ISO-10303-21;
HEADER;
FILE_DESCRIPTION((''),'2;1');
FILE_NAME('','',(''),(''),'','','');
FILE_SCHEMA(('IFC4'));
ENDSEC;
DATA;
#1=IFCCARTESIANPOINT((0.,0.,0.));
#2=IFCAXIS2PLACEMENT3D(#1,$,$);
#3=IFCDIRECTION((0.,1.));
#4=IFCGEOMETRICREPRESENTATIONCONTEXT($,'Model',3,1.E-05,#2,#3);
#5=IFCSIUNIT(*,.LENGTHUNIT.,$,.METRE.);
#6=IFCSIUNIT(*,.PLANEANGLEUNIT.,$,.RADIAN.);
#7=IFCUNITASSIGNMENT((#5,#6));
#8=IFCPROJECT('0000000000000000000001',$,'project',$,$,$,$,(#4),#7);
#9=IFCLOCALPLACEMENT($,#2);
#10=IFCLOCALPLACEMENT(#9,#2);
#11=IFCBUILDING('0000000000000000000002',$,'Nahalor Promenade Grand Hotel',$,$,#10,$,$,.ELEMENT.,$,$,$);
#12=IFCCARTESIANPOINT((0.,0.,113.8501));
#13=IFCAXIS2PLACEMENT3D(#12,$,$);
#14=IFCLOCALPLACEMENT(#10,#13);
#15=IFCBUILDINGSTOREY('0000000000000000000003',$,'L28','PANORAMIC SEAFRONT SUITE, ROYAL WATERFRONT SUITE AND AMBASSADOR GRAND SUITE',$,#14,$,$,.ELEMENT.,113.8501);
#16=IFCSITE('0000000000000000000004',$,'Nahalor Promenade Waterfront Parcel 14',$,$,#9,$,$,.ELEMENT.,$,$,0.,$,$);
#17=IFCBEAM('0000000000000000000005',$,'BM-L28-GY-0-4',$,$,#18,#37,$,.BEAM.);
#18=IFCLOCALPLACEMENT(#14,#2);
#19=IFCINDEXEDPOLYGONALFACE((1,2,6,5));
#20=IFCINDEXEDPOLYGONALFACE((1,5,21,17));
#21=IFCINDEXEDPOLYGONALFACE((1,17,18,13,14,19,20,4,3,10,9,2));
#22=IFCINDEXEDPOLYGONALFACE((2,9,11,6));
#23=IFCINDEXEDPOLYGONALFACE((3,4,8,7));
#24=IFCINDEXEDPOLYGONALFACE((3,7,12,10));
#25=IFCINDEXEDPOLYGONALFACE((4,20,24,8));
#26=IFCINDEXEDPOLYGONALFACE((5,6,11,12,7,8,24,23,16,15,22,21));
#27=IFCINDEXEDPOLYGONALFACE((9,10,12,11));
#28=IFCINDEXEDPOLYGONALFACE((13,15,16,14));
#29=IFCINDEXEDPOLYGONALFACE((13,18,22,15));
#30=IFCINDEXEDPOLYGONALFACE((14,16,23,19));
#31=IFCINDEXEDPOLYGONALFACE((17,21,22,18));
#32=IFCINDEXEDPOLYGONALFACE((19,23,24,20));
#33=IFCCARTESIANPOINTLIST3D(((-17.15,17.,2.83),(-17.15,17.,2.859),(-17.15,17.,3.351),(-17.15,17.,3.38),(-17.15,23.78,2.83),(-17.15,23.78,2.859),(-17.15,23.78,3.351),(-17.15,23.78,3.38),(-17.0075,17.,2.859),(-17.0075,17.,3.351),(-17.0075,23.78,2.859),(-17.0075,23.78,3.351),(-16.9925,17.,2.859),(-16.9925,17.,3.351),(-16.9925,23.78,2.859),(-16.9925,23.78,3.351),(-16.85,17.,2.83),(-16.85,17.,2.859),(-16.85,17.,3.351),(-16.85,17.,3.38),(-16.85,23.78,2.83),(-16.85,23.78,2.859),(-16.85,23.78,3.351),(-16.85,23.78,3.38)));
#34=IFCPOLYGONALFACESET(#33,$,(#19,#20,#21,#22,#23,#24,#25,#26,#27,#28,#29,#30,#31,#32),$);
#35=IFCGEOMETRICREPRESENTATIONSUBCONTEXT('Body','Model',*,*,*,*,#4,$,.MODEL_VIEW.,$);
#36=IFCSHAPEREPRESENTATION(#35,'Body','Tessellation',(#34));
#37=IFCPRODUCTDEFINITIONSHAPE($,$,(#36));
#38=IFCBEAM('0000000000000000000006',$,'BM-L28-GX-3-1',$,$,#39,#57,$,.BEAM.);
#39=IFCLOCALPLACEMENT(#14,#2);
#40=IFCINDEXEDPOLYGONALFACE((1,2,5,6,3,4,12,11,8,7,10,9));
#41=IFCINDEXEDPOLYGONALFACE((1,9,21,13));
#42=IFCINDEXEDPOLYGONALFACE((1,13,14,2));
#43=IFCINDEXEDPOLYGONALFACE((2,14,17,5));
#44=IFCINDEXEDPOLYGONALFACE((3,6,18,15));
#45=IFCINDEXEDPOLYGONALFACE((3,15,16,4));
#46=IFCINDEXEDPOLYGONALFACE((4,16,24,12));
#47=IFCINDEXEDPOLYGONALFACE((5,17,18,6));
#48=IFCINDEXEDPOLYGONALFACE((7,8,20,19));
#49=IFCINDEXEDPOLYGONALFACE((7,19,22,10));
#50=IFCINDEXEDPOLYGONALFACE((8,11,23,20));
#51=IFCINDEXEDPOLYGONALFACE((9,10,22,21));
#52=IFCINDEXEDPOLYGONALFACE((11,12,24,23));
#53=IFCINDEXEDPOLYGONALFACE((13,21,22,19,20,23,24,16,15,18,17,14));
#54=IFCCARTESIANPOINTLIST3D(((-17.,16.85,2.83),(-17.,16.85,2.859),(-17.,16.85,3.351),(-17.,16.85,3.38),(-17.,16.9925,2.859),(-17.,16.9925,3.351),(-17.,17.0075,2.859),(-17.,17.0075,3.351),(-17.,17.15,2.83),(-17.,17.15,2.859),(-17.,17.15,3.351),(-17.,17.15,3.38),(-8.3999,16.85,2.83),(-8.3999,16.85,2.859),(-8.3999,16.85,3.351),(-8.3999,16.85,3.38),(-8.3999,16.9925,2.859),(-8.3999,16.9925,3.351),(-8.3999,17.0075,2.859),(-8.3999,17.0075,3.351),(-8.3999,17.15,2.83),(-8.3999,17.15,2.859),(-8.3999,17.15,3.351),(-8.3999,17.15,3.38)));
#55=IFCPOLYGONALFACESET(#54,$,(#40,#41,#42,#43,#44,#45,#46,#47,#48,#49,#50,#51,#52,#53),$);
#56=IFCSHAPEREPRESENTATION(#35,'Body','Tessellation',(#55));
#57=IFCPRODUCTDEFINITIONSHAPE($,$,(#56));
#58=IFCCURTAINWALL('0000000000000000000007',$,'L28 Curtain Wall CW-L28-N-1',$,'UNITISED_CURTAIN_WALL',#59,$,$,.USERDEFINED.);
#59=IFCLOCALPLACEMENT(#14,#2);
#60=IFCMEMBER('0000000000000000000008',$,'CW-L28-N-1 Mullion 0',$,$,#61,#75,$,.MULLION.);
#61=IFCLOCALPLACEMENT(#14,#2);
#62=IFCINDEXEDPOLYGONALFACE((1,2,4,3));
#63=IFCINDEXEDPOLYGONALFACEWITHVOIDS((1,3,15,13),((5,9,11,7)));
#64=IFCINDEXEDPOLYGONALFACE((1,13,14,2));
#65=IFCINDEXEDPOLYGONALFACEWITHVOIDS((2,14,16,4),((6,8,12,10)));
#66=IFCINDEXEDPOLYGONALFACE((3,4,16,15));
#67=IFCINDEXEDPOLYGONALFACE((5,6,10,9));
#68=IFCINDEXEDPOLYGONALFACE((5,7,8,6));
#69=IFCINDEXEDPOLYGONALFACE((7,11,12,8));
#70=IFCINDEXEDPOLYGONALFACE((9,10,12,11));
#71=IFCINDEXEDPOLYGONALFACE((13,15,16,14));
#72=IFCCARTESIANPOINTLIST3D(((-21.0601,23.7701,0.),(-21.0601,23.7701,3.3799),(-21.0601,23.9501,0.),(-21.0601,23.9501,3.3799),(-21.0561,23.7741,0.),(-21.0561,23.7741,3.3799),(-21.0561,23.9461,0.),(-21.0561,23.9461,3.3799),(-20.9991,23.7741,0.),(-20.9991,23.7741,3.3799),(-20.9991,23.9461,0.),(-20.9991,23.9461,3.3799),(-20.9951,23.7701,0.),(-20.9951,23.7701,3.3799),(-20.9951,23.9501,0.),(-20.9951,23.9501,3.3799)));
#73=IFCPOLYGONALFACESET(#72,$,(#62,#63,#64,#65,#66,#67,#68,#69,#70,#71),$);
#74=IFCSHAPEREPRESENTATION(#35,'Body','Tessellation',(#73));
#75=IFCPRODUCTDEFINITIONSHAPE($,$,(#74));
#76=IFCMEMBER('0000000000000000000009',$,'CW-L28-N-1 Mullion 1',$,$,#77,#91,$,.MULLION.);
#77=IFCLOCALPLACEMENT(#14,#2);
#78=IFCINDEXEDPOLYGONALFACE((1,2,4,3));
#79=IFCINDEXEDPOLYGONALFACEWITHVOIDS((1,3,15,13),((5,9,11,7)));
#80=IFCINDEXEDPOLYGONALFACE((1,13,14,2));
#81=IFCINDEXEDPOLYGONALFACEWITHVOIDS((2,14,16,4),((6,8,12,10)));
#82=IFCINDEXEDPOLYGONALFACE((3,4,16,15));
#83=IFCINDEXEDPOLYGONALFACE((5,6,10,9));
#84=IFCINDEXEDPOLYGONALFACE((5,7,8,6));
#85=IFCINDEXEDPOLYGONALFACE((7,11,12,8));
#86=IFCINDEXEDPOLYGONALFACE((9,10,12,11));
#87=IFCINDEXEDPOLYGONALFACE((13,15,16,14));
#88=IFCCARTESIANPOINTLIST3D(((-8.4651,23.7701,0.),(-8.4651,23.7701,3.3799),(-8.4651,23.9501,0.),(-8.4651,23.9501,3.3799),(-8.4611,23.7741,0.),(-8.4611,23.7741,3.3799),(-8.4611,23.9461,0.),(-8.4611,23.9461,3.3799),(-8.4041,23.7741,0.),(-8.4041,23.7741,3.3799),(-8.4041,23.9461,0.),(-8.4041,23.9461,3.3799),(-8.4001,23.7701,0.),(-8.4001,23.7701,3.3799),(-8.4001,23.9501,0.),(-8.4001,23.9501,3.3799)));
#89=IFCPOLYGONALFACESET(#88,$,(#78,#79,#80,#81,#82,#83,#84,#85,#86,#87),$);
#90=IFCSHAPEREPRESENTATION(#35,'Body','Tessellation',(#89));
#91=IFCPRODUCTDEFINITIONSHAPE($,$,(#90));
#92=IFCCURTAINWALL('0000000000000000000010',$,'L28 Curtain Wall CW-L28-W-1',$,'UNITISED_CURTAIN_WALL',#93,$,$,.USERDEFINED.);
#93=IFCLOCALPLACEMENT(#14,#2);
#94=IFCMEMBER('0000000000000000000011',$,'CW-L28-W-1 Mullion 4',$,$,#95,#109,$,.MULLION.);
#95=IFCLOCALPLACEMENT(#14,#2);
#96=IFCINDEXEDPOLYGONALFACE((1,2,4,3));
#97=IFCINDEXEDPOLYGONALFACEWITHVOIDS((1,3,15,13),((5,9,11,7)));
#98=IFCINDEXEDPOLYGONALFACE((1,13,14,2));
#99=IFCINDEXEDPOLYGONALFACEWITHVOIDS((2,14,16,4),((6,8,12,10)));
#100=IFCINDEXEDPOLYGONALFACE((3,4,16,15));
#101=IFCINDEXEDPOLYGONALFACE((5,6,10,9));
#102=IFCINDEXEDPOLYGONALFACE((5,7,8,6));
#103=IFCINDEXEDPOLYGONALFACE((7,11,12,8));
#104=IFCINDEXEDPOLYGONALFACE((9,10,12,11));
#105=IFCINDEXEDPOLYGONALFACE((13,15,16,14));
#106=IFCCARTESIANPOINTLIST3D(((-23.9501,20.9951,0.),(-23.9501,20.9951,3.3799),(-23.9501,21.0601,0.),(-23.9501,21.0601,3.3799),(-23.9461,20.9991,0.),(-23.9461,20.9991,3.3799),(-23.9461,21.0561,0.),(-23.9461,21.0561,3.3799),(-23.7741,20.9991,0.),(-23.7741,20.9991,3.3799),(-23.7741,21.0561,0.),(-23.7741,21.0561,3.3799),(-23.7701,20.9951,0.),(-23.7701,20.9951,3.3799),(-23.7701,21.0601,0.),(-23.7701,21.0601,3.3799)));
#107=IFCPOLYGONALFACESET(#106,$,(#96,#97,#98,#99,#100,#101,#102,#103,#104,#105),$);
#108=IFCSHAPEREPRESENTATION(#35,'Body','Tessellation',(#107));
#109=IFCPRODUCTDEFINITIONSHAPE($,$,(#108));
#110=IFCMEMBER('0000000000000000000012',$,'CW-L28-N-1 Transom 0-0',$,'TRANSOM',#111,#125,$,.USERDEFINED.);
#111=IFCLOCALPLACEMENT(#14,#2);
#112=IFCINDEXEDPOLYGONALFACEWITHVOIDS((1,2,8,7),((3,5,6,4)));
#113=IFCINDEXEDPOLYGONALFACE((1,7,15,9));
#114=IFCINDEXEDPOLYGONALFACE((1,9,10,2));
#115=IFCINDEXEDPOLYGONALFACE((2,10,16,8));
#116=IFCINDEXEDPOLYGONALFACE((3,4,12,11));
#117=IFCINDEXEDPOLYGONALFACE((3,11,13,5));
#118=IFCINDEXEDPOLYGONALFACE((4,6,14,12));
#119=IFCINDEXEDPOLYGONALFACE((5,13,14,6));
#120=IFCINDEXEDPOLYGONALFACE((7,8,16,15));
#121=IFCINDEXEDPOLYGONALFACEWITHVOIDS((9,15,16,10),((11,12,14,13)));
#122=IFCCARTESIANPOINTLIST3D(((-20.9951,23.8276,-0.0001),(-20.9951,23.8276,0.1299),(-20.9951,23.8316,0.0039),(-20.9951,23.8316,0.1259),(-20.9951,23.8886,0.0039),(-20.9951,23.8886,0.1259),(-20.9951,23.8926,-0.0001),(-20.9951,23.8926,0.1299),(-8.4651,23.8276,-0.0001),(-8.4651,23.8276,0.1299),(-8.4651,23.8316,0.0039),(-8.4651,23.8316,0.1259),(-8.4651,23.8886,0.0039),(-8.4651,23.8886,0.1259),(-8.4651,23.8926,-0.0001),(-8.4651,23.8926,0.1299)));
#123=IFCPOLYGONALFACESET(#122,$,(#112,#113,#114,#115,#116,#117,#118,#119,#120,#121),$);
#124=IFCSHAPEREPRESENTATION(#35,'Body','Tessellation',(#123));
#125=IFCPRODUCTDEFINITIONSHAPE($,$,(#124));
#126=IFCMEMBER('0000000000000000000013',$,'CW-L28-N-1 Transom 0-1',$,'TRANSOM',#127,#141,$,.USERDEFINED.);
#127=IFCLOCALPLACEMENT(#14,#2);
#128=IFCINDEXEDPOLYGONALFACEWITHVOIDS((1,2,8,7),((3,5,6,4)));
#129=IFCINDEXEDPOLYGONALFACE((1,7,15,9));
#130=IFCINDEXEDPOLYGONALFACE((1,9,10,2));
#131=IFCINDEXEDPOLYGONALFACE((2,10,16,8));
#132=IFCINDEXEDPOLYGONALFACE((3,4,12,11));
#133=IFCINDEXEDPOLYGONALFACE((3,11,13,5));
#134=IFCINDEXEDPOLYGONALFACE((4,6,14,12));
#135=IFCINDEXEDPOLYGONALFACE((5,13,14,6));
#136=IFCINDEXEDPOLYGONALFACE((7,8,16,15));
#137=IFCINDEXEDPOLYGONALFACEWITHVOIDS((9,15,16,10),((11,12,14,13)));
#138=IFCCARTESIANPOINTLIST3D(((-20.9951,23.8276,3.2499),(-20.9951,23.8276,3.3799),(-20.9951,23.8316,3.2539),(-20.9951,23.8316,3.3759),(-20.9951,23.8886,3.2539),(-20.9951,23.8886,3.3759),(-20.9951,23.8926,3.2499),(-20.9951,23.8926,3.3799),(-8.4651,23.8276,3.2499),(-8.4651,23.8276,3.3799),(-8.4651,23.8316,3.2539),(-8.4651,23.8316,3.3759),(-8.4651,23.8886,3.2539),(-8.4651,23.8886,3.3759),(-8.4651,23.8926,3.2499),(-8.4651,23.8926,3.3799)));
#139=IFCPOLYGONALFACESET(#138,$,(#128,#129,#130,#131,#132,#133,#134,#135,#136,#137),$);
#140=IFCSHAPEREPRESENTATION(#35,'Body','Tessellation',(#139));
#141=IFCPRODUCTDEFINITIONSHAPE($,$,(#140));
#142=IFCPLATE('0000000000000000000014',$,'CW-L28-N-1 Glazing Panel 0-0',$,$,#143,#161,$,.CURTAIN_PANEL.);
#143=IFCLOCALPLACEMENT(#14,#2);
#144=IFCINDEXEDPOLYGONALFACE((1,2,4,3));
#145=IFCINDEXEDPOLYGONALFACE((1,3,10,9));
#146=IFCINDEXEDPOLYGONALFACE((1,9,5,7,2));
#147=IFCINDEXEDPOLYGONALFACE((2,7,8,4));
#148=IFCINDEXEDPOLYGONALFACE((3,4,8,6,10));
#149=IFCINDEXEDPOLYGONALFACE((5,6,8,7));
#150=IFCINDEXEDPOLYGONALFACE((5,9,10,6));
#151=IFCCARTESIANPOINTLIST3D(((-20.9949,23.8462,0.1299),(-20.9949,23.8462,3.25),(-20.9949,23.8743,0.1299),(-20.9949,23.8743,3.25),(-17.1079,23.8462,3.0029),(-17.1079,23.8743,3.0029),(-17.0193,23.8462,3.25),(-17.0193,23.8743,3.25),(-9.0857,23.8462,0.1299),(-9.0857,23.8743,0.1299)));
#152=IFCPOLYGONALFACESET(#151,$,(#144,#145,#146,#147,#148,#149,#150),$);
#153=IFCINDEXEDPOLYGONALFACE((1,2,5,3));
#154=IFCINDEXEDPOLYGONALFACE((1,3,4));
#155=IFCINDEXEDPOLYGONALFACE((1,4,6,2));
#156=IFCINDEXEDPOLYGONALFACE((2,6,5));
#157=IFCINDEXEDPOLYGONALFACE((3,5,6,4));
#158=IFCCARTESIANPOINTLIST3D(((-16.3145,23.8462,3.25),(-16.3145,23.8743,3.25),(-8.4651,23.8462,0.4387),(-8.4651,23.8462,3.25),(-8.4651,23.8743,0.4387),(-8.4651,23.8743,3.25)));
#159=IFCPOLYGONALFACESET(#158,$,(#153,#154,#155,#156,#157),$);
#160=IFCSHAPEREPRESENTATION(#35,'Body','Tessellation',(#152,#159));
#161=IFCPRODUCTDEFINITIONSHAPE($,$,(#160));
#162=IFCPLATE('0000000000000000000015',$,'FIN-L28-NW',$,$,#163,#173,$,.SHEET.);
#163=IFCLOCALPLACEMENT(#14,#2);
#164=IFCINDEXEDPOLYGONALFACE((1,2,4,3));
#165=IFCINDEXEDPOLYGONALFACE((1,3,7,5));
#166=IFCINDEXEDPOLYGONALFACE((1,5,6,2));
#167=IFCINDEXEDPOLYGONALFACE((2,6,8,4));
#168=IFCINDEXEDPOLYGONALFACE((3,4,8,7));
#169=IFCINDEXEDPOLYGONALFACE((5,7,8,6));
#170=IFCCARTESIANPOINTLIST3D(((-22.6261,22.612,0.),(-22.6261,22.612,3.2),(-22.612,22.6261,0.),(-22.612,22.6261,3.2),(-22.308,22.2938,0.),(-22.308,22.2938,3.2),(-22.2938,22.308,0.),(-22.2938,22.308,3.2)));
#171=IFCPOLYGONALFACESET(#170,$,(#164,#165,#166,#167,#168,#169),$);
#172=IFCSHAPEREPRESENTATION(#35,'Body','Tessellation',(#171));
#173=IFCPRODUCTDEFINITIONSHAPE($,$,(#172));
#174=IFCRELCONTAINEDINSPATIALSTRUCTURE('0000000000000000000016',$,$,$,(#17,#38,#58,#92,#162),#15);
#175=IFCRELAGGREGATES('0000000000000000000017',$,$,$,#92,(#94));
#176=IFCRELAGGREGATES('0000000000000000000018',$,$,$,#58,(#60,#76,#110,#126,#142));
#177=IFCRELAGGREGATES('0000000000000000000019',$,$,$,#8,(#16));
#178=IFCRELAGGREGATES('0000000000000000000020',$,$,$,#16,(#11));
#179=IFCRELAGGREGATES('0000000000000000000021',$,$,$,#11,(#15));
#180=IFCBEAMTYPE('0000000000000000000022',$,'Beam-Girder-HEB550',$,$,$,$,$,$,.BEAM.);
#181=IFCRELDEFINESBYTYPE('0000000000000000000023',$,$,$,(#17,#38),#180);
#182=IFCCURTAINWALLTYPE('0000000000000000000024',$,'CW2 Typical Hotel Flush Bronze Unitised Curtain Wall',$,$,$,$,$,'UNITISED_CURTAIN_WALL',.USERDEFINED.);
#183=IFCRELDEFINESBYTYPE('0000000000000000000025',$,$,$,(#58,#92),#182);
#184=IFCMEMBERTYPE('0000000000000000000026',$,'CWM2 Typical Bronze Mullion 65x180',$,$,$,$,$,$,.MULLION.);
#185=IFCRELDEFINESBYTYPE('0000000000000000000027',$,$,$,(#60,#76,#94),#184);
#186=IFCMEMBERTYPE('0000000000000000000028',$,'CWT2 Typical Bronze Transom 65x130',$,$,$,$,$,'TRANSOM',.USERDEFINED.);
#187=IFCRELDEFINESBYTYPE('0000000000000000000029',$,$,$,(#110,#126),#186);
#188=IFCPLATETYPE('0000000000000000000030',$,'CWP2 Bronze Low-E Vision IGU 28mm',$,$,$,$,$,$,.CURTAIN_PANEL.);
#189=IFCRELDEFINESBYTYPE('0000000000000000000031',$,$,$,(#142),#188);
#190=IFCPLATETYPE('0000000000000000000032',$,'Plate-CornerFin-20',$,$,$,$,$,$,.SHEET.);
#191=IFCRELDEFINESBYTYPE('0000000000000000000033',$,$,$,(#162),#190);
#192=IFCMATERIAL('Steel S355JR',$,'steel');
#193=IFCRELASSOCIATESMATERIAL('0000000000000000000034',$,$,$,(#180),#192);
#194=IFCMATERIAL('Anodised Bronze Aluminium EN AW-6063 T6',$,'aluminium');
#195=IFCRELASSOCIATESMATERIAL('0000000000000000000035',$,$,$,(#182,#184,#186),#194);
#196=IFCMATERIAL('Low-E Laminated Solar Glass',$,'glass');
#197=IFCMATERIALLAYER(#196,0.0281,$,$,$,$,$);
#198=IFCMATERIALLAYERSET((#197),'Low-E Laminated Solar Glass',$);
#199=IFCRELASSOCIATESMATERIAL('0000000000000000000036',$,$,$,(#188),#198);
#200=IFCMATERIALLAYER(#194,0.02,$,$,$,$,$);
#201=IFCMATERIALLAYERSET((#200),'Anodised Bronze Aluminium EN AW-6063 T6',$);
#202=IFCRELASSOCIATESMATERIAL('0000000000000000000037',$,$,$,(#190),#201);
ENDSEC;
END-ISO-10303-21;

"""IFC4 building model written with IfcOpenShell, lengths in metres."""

from ifc_helpers import new_model, si_unit, direction, frame, origin, origin_2d, place, context, subcontext, project, spatial, polyline, rectangle, hollow_rectangle, i_section, outline, extrude, source, transform, mapped, material, layer, layer_set, material_profile, profile_set, type_object, element, aggregate, save


model = new_model("IFC4")

# Units and contexts
model_context = context("Model", 3, precision=1e-05, world=origin(), true_north=direction((0.0, 1.0)))
body_context = subcontext(model_context, "Body", "Model", "MODEL_VIEW")
ifc_project = project(units=[si_unit("LENGTHUNIT", "METRE"), si_unit("PLANEANGLEUNIT", "RADIAN")], contexts=[model_context])

# Site, building, storey
site_placement = place(None, origin())
site = spatial("IfcSite", under=ifc_project, at=site_placement, Name="Nahalor Promenade Waterfront Parcel 14", CompositionType="ELEMENT", RefElevation=0.0)
building_placement = place(site_placement, origin())
building = spatial("IfcBuilding", under=site, at=building_placement, Name="Nahalor Promenade Grand Hotel", CompositionType="ELEMENT")
storey_placement = place(building_placement, frame((0.0, 0.0, 113.8501)))
storey = spatial("IfcBuildingStorey", under=building, at=storey_placement, Name="L28", Description="PANORAMIC SEAFRONT SUITE, ROYAL WATERFRONT SUITE AND AMBASSADOR GRAND SUITE", CompositionType="ELEMENT", Elevation=113.8501)

# Beams
ifc_material_1 = material(Name="Steel S355JR", Category="steel")
ifc_material_profile_1 = material_profile(ifc_material_1, i_section(OverallWidth=0.3, OverallDepth=0.55, WebThickness=0.015, FlangeThickness=0.029, at=origin_2d()), Name="HEB 550")
ifc_profile_set_1 = profile_set([ifc_material_profile_1], Name="Steel S355JR")
beam_type_1 = type_object("IfcBeamType", Name="Beam-Girder-HEB550", PredefinedType="BEAM", material=ifc_profile_set_1)
shared_shape_1 = source(origin(), body_context, "Body", "SweptSolid", [
    extrude(i_section(OverallWidth=0.3, OverallDepth=0.55, WebThickness=0.015, FlangeThickness=0.029, at=origin_2d()), origin(), (0.0, 0.0, 1.0), 6.78),
])
for number, where, z_axis, x_axis, name in (
    (1, (-17.0, 17.0, 3.105), (0.0, 1.0, 0.0), (-1.0, 0.0, 0.0), "BM-L28-GY-0-4"),
):
    element("IfcBeam", number, at=place(storey_placement, frame(where, z_axis=z_axis, x_axis=x_axis)), inside=storey, type_object=beam_type_1, Name=name, PredefinedType="BEAM", context=body_context, shape_type="MappedRepresentation", body=[
        mapped(shared_shape_1, transform((0.0, 0.0, 0.0), scale=1.0)),
    ])
shared_shape_2 = source(origin(), body_context, "Body", "SweptSolid", [
    extrude(i_section(OverallWidth=0.3, OverallDepth=0.55, WebThickness=0.015, FlangeThickness=0.029, at=origin_2d()), origin(), (0.0, 0.0, 1.0), 8.6001),
])
beam_1_placement = place(storey_placement, frame((-17.0, 17.0, 3.105), z_axis=(1.0, 0.0, 0.0), x_axis=(0.0, 1.0, 0.0)))
element("IfcBeam", 2, at=beam_1_placement, inside=storey, type_object=beam_type_1, Name="BM-L28-GX-3-1", PredefinedType="BEAM", context=body_context, shape_type="MappedRepresentation", body=[
    mapped(shared_shape_2, transform((0.0, 0.0, 0.0), scale=1.0)),
])

# Curtain wall, members
ifc_material_2 = material(Name="Anodised Bronze Aluminium EN AW-6063 T6", Category="aluminium")
curtain_wall_type = type_object("IfcCurtainWallType", Name="CW2 Typical Hotel Flush Bronze Unitised Curtain Wall", ElementType="UNITISED_CURTAIN_WALL", PredefinedType="USERDEFINED", material=ifc_material_2)
curtain_wall_1_placement = place(storey_placement, origin())
curtain_wall_1 = element("IfcCurtainWall", 3, at=curtain_wall_1_placement, inside=storey, type_object=curtain_wall_type, Name="L28 Curtain Wall CW-L28-N-1", ObjectType="UNITISED_CURTAIN_WALL", PredefinedType="USERDEFINED")
ifc_material_profile_2 = material_profile(ifc_material_2, hollow_rectangle(XDim=0.065, YDim=0.18, WallThickness=0.004, at=origin_2d()), Name="CWM 65x180x4")
ifc_profile_set_2 = profile_set([ifc_material_profile_2], Name="Anodised Bronze Aluminium EN AW-6063 T6")
member_type_1 = type_object("IfcMemberType", Name="CWM2 Typical Bronze Mullion 65x180", PredefinedType="MULLION", material=ifc_profile_set_2)
shared_shape_3 = source(origin(), body_context, "Body", "SweptSolid", [
    extrude(hollow_rectangle(XDim=0.065, YDim=0.18, WallThickness=0.004, at=origin_2d()), origin(), (0.0, 0.0, 1.0), 3.3799),
])
member_1_placement = place(storey_placement, frame((-21.0276, 23.8601, 0.0), z_axis=(0.0, 0.0, 1.0), x_axis=(1.0, 0.0, 0.0)))
member_1 = element("IfcMember", 4, at=member_1_placement, type_object=member_type_1, Name="CW-L28-N-1 Mullion 0", PredefinedType="MULLION", context=body_context, shape_type="MappedRepresentation", body=[
    mapped(shared_shape_3, transform((0.0, 0.0, 0.0), scale=1.0)),
])
member_2_placement = place(storey_placement, frame((-8.4326, 23.8601, 0.0), z_axis=(0.0, 0.0, 1.0), x_axis=(1.0, 0.0, 0.0)))
member_2 = element("IfcMember", 5, at=member_2_placement, type_object=member_type_1, Name="CW-L28-N-1 Mullion 1", PredefinedType="MULLION", context=body_context, shape_type="MappedRepresentation", body=[
    mapped(shared_shape_3, transform((0.0, 0.0, 0.0), scale=1.0)),
])

# Curtain wall, member
curtain_wall_2_placement = place(storey_placement, origin())
curtain_wall_2 = element("IfcCurtainWall", 6, at=curtain_wall_2_placement, inside=storey, type_object=curtain_wall_type, Name="L28 Curtain Wall CW-L28-W-1", ObjectType="UNITISED_CURTAIN_WALL", PredefinedType="USERDEFINED")
member_3_placement = place(storey_placement, frame((-23.8601, 21.0276, 0.0), z_axis=(0.0, 0.0, 1.0), x_axis=(0.0, 1.0, 0.0)))
member_3 = element("IfcMember", 7, at=member_3_placement, type_object=member_type_1, Name="CW-L28-W-1 Mullion 4", PredefinedType="MULLION", context=body_context, shape_type="MappedRepresentation", body=[
    mapped(shared_shape_3, transform((0.0, 0.0, 0.0), scale=1.0)),
])
aggregate(curtain_wall_2, [member_3])

# Members
ifc_material_profile_3 = material_profile(ifc_material_2, hollow_rectangle(XDim=0.065, YDim=0.13, WallThickness=0.004, at=origin_2d()), Name="CWT 65x130x4")
ifc_profile_set_3 = profile_set([ifc_material_profile_3], Name="Anodised Bronze Aluminium EN AW-6063 T6")
member_type_2 = type_object("IfcMemberType", Name="CWT2 Typical Bronze Transom 65x130", ElementType="TRANSOM", PredefinedType="USERDEFINED", material=ifc_profile_set_3)
shared_shape_4 = source(origin(), body_context, "Body", "SweptSolid", [
    extrude(hollow_rectangle(XDim=0.065, YDim=0.13, WallThickness=0.004, at=origin_2d()), origin(), (0.0, 0.0, 1.0), 12.53),
])
member_4_placement = place(storey_placement, frame((-20.9951, 23.8601, 0.0649), z_axis=(1.0, 0.0, 0.0), x_axis=(0.0, 1.0, 0.0)))
member_4 = element("IfcMember", 8, at=member_4_placement, type_object=member_type_2, Name="CW-L28-N-1 Transom 0-0", ObjectType="TRANSOM", PredefinedType="USERDEFINED", context=body_context, shape_type="MappedRepresentation", body=[
    mapped(shared_shape_4, transform((0.0, 0.0, 0.0), scale=1.0)),
])
member_5_placement = place(storey_placement, frame((-20.9951, 23.8601, 3.3149), z_axis=(1.0, 0.0, 0.0), x_axis=(0.0, 1.0, 0.0)))
member_5 = element("IfcMember", 9, at=member_5_placement, type_object=member_type_2, Name="CW-L28-N-1 Transom 0-1", ObjectType="TRANSOM", PredefinedType="USERDEFINED", context=body_context, shape_type="MappedRepresentation", body=[
    mapped(shared_shape_4, transform((0.0, 0.0, 0.0), scale=1.0)),
])

# Plates
ifc_material_3 = material(Name="Low-E Laminated Solar Glass", Category="glass")
ifc_layer_1 = layer(ifc_material_3, 0.0281)
ifc_layer_set_1 = layer_set([ifc_layer_1], Name="Low-E Laminated Solar Glass")
plate_type_1 = type_object("IfcPlateType", Name="CWP2 Bronze Low-E Vision IGU 28mm", PredefinedType="CURTAIN_PANEL", material=ifc_layer_set_1)
plate_1_placement = place(storey_placement, frame((-14.73, 23.8601, 0.1299), z_axis=(0.0, 0.0, 1.0), x_axis=(1.0, 0.0, 0.0)))
plate_1 = element("IfcPlate", 10, at=plate_1_placement, type_object=plate_type_1, Name="CW-L28-N-1 Glazing Panel 0-0", PredefinedType="CURTAIN_PANEL", context=body_context, shape_type="SweptSolid", body=[
    extrude(outline(polyline([(-6.2649, 3.1201), (-6.2649, 0.0), (5.6443, 0.0), (-2.3779, 2.873), (-2.2893, 3.1201), (-6.2649, 3.1201)])), frame((0.0, 0.0142, 0.0), z_axis=(0.0, -1.0, 0.0), x_axis=(1.0, 0.0, 0.0)), (0.0, 0.0, 1.0), 0.0281),
    extrude(outline(polyline([(6.2649, 0.3088), (6.2649, 3.1201), (-1.5845, 3.1201), (6.2649, 0.3088)])), frame((0.0, 0.0142, 0.0), z_axis=(0.0, -1.0, 0.0), x_axis=(1.0, 0.0, 0.0)), (0.0, 0.0, 1.0), 0.0281),
])
aggregate(curtain_wall_1, [member_1, member_2, member_4, member_5, plate_1])
ifc_layer_2 = layer(ifc_material_2, 0.02)
ifc_layer_set_2 = layer_set([ifc_layer_2], Name="Anodised Bronze Aluminium EN AW-6063 T6")
plate_type_2 = type_object("IfcPlateType", Name="Plate-CornerFin-20", PredefinedType="SHEET", material=ifc_layer_set_2)
shared_shape_5 = source(origin(), body_context, "Body", "SweptSolid", [
    extrude(rectangle(XDim=0.45, YDim=0.02, at=origin_2d()), origin(), (0.0, 0.0, 1.0), 3.2),
])
plate_2_placement = place(storey_placement, frame((-22.46, 22.46, 0.0), z_axis=(0.0, 0.0, 1.0), x_axis=(-0.707107, 0.707107, 0.0)))
element("IfcPlate", 11, at=plate_2_placement, inside=storey, type_object=plate_type_2, Name="FIN-L28-NW", PredefinedType="SHEET", context=body_context, shape_type="MappedRepresentation", body=[
    mapped(shared_shape_5, transform((0.0, 0.0, 0.0), scale=1.0)),
])

save(model, "model.ifc")
